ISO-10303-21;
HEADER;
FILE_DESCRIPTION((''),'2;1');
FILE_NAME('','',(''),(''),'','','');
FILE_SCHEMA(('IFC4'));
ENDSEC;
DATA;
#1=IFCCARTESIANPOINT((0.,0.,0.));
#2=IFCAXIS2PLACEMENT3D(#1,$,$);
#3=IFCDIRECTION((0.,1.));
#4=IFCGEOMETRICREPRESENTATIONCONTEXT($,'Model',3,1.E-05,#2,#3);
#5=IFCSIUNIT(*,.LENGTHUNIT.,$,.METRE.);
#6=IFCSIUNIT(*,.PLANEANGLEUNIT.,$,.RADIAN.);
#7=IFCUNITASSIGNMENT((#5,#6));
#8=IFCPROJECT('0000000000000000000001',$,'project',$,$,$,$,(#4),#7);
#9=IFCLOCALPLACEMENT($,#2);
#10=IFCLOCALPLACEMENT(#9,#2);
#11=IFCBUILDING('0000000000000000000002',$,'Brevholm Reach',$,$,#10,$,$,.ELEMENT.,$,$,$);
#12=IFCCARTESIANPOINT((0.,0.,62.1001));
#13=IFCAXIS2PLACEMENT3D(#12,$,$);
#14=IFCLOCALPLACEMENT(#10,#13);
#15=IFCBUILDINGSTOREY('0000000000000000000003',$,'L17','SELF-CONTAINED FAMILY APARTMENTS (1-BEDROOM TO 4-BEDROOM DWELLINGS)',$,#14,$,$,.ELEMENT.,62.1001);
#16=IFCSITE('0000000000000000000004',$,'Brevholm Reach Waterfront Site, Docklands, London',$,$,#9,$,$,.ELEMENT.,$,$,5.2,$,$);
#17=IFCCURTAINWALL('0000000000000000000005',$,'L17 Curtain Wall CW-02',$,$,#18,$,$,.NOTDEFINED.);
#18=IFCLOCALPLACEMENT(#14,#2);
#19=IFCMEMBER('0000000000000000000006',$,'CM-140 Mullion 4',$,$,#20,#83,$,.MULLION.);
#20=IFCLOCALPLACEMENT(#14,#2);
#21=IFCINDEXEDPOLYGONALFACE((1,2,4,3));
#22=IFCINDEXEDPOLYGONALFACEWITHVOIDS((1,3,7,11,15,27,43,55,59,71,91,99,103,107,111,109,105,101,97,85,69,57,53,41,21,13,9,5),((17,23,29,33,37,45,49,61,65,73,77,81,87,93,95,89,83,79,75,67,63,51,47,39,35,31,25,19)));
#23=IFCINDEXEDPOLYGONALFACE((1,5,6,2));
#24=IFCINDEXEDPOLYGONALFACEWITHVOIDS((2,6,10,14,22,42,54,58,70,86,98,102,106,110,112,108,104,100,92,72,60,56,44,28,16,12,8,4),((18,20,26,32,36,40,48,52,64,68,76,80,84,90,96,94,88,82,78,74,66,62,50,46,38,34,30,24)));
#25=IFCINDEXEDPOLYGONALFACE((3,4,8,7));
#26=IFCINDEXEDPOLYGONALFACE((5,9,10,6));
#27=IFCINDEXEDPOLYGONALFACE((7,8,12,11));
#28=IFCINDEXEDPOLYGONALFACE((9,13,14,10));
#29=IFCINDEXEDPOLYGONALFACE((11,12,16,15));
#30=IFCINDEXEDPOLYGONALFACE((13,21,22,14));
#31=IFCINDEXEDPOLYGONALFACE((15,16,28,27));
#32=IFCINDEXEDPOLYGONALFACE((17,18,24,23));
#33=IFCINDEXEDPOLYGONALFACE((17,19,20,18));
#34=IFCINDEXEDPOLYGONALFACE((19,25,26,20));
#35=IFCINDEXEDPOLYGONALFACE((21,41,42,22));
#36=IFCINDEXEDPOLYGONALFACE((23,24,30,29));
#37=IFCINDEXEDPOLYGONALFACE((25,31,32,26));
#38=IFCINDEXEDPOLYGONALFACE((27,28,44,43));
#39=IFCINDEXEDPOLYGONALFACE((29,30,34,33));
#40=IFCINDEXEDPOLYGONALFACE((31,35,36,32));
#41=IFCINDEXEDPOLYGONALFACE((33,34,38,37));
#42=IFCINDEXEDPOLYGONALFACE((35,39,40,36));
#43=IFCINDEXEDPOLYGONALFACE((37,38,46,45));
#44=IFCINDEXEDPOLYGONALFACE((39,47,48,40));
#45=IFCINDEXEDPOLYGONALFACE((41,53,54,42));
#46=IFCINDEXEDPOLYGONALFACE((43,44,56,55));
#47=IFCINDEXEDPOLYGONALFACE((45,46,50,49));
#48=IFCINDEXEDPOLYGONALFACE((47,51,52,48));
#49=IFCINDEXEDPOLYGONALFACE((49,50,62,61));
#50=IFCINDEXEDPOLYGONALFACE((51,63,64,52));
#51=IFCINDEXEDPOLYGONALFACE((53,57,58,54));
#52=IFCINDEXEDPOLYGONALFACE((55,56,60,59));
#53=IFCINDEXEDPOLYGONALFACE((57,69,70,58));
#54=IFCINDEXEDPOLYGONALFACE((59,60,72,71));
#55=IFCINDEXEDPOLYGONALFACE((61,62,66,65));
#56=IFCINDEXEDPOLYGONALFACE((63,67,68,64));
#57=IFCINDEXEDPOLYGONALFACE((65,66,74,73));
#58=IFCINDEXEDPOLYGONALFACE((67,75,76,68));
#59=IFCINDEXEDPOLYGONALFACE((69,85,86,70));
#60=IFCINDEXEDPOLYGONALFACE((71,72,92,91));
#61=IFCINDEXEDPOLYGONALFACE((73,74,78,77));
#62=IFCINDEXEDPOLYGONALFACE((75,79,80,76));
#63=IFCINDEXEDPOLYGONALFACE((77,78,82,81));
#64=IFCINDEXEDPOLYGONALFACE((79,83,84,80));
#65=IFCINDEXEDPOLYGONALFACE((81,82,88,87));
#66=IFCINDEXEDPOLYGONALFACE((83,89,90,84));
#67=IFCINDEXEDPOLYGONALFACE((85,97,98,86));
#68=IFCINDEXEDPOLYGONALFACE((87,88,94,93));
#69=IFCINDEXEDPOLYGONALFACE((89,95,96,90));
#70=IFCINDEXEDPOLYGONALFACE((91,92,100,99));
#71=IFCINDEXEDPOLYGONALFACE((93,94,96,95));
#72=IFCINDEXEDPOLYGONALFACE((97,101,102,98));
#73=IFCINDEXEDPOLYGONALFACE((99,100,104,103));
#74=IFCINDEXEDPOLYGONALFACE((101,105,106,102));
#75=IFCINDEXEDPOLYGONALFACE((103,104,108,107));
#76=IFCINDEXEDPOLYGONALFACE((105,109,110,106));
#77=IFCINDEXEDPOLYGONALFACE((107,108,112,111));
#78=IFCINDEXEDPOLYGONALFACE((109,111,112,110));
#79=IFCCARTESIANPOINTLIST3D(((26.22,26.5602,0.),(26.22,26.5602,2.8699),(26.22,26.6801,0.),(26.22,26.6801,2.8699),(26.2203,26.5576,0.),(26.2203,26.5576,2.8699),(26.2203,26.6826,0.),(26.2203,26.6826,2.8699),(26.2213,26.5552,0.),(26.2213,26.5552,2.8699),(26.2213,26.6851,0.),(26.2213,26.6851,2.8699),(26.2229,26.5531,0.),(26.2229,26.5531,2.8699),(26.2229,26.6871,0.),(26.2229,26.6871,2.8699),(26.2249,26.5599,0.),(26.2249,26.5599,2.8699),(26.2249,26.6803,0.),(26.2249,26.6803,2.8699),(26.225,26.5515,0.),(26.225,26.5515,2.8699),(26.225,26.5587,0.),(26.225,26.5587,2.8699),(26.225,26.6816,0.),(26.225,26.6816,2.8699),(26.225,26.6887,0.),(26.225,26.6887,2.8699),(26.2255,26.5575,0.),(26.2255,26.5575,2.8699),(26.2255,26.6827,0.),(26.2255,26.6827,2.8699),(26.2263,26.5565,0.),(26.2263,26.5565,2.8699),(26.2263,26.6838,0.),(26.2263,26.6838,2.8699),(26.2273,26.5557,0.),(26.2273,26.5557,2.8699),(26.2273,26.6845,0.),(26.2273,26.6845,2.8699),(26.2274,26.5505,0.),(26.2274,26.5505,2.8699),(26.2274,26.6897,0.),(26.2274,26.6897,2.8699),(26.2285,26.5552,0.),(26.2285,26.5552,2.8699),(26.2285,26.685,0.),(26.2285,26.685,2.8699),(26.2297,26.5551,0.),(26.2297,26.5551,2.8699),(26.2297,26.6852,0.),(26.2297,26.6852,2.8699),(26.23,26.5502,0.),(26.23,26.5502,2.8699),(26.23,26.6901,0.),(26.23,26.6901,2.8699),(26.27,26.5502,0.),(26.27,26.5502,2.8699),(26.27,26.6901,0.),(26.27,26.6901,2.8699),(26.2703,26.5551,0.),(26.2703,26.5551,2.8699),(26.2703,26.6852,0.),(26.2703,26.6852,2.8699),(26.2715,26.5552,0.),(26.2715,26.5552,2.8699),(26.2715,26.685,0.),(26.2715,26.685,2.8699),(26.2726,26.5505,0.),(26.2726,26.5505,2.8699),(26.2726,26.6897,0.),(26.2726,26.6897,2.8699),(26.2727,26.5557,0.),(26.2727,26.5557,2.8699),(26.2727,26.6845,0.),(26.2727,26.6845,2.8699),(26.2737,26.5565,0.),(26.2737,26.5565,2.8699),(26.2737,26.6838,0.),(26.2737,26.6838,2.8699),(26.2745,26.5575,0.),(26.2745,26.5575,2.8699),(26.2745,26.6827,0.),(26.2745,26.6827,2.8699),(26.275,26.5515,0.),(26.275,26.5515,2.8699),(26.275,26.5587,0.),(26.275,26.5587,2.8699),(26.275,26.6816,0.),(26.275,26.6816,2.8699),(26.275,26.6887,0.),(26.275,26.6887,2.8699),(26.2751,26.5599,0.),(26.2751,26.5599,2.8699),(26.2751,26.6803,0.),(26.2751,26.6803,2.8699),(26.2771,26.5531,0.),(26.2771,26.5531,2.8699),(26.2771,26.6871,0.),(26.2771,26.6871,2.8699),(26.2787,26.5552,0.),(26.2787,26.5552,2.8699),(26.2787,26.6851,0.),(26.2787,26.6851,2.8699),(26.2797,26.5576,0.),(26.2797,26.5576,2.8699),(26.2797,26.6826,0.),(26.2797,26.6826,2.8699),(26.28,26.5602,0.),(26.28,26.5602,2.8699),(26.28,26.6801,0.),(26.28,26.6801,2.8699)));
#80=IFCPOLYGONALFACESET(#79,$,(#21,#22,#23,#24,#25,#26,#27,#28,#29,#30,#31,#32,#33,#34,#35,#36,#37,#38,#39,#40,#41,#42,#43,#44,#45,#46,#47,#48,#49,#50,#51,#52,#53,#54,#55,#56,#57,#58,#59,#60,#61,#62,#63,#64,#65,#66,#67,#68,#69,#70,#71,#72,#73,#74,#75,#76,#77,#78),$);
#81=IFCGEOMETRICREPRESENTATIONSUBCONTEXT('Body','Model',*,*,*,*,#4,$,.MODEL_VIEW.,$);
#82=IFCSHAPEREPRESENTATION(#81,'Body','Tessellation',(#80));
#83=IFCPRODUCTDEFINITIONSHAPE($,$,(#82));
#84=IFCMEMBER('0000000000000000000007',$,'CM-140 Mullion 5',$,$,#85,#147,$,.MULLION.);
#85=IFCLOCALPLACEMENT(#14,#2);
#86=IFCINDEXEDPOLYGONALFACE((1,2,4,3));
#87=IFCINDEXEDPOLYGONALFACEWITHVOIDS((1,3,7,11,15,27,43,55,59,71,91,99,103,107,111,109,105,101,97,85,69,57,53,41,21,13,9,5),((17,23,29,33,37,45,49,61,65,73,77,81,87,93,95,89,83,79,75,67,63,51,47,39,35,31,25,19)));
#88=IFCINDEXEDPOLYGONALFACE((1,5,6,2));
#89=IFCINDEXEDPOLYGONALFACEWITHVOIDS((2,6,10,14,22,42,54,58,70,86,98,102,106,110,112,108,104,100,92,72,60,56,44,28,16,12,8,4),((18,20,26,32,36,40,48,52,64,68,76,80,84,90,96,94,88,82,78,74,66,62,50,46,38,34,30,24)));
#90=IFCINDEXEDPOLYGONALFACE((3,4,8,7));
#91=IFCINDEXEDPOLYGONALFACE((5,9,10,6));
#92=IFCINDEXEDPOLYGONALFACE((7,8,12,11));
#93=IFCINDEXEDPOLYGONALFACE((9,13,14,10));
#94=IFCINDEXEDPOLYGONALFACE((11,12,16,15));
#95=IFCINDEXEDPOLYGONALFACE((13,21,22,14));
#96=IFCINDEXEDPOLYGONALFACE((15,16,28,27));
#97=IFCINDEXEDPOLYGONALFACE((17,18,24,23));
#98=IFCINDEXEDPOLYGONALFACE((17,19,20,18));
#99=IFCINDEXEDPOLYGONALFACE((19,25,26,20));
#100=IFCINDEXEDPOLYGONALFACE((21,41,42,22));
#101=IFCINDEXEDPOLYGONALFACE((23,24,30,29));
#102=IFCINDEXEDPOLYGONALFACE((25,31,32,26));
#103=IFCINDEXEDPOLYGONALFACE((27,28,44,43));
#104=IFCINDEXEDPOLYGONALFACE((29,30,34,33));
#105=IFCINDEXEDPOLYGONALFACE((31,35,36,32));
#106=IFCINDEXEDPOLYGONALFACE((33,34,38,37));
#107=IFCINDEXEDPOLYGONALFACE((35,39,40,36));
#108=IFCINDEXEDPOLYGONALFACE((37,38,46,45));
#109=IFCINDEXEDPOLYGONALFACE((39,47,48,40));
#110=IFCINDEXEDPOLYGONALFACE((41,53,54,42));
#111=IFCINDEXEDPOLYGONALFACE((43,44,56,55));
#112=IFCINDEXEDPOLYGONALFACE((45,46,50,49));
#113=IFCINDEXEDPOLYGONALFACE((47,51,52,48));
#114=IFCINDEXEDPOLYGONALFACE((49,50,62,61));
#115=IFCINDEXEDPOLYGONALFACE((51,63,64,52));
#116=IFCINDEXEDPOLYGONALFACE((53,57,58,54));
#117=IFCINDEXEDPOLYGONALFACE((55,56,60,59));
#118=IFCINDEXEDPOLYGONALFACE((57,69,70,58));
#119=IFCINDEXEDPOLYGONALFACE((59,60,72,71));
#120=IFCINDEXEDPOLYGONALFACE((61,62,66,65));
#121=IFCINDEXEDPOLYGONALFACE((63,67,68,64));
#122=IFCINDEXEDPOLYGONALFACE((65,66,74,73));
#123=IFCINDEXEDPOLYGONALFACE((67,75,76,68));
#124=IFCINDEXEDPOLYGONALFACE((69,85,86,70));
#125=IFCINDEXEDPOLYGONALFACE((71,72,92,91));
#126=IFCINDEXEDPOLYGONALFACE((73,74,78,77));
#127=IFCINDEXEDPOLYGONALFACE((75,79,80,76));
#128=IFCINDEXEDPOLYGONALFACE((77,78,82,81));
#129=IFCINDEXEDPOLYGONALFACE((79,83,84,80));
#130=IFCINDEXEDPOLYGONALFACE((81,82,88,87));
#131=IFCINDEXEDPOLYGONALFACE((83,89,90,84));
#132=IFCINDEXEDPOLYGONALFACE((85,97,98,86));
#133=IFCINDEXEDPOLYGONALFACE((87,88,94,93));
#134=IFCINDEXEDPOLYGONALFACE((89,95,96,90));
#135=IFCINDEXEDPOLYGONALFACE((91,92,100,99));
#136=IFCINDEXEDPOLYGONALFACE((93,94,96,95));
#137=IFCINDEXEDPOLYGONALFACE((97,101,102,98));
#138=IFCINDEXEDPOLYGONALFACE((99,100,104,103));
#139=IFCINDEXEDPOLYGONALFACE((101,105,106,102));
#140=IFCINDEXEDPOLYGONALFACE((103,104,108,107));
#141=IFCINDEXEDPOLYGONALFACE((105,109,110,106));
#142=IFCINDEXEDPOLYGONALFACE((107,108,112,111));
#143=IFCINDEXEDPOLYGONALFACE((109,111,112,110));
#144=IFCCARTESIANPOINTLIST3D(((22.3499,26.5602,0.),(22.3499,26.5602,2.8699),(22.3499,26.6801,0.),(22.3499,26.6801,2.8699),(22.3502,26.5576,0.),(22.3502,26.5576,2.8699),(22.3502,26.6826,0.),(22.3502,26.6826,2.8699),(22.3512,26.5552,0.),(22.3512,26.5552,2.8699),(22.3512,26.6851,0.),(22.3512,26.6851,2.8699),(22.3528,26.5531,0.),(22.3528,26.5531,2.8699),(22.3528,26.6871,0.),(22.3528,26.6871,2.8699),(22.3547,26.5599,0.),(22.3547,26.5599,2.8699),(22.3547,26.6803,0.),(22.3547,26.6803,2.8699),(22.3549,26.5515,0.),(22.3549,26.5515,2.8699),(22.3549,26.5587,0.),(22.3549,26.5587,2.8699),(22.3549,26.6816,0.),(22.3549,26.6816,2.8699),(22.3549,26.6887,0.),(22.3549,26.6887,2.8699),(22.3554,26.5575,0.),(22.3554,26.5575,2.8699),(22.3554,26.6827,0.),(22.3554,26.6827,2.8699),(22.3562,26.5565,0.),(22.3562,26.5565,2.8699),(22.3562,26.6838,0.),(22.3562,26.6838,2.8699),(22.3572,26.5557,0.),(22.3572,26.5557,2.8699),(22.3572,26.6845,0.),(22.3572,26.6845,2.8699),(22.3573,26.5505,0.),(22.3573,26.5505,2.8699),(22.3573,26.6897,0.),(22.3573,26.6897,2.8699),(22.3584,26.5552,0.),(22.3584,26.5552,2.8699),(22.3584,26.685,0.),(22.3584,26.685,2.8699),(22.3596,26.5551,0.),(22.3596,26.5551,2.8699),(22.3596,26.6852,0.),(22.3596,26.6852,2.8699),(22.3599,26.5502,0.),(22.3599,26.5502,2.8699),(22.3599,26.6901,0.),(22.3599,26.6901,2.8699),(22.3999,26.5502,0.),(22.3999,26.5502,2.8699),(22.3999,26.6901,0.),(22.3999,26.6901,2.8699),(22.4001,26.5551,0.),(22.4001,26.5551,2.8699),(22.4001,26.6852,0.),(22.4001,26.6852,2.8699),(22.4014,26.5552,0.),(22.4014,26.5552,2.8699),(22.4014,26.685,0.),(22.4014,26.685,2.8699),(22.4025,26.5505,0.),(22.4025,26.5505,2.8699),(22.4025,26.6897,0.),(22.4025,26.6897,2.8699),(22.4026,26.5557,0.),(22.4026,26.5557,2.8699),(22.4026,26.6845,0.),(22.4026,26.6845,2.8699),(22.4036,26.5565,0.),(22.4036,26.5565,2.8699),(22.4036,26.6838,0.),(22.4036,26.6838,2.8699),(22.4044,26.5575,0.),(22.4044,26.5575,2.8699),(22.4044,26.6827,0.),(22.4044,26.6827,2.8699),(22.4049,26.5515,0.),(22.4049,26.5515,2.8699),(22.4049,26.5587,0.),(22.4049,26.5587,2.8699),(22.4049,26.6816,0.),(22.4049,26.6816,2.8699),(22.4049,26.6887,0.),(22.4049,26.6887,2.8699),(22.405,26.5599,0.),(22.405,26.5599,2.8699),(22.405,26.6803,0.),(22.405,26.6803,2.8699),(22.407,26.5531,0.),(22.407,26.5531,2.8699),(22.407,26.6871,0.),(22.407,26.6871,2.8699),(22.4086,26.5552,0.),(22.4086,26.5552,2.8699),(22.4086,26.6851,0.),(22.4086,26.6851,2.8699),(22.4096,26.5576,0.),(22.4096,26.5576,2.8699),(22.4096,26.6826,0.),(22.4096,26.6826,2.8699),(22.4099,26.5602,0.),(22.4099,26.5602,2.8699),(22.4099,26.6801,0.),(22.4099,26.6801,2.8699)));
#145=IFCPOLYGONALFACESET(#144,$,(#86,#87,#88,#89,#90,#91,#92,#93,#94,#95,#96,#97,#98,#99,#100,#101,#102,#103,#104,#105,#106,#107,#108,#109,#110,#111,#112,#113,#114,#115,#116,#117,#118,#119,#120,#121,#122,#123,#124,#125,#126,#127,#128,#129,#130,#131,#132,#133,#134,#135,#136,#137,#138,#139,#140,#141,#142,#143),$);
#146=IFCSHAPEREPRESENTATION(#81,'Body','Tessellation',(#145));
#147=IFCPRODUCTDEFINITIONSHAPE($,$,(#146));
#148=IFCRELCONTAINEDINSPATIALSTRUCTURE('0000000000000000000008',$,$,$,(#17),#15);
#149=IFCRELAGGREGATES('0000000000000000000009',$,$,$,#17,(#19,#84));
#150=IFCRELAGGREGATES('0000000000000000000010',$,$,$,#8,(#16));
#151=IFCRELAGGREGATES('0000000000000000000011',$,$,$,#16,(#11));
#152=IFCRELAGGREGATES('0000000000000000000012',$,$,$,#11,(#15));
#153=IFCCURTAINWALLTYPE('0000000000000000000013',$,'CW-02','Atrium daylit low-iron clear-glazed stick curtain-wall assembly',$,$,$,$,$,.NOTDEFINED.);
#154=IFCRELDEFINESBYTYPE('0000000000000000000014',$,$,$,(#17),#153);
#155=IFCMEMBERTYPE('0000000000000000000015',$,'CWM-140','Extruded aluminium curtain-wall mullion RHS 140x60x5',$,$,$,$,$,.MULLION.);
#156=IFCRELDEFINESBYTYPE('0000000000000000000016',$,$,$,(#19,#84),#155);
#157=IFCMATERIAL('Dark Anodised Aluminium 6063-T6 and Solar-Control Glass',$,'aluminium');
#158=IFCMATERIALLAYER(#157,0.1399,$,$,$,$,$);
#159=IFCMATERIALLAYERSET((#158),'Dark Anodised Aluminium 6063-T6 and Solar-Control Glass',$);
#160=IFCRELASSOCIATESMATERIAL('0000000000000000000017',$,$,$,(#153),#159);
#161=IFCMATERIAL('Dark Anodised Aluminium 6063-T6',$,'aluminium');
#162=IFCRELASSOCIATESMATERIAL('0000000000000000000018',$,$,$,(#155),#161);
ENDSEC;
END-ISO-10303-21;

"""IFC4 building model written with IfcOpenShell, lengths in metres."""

from ifc_helpers import new_model, si_unit, direction, frame, origin, origin_2d, place, context, subcontext, project, spatial, hollow_rectangle, extrude, material, layer, layer_set, material_profile, profile_set, type_object, element, aggregate, save


model = new_model("IFC4")

# Units and contexts
model_context = context("Model", 3, precision=1e-05, world=origin(), true_north=direction((0.0, 1.0)))
body_context = subcontext(model_context, "Body", "Model", "MODEL_VIEW")
ifc_project = project(units=[si_unit("LENGTHUNIT", "METRE"), si_unit("PLANEANGLEUNIT", "RADIAN")], contexts=[model_context])

# Site, building, storey
site_placement = place(None, origin())
site = spatial("IfcSite", under=ifc_project, at=site_placement, Name="Brevholm Reach Waterfront Site, Docklands, London", CompositionType="ELEMENT", RefElevation=5.2)
building_placement = place(site_placement, origin())
building = spatial("IfcBuilding", under=site, at=building_placement, Name="Brevholm Reach", CompositionType="ELEMENT")
storey_placement = place(building_placement, frame((0.0, 0.0, 62.1001)))
storey = spatial("IfcBuildingStorey", under=building, at=storey_placement, Name="L17", Description="SELF-CONTAINED FAMILY APARTMENTS (1-BEDROOM TO 4-BEDROOM DWELLINGS)", CompositionType="ELEMENT", Elevation=62.1001)

# Curtain wall, members
ifc_material_1 = material(Name="Dark Anodised Aluminium 6063-T6 and Solar-Control Glass", Category="aluminium")
ifc_layer_1 = layer(ifc_material_1, 0.1399)
ifc_layer_set_1 = layer_set([ifc_layer_1], Name="Dark Anodised Aluminium 6063-T6 and Solar-Control Glass")
curtain_wall_type_1 = type_object("IfcCurtainWallType", Name="CW-02", Description="Atrium daylit low-iron clear-glazed stick curtain-wall assembly", PredefinedType="NOTDEFINED", material=ifc_layer_set_1)
curtain_wall_1_placement = place(storey_placement, origin())
curtain_wall_1 = element("IfcCurtainWall", 1, at=curtain_wall_1_placement, inside=storey, type_object=curtain_wall_type_1, Name="L17 Curtain Wall CW-02", PredefinedType="NOTDEFINED")
ifc_material_2 = material(Name="Dark Anodised Aluminium 6063-T6", Category="aluminium")
ifc_material_profile_1 = material_profile(ifc_material_2, hollow_rectangle(XDim=0.0601, YDim=0.1399, WallThickness=0.0049, InnerFilletRadius=0.0049, OuterFilletRadius=0.01, at=origin_2d()), Name="RHS 140x60x5")
ifc_profile_set_1 = profile_set([ifc_material_profile_1], Name="Dark Anodised Aluminium 6063-T6")
member_type_1 = type_object("IfcMemberType", Name="CWM-140", Description="Extruded aluminium curtain-wall mullion RHS 140x60x5", PredefinedType="MULLION", material=ifc_profile_set_1)
member_1_placement = place(storey_placement, frame((26.25, 26.6201, 0.0), z_axis=(0.0, 0.0, 1.0), x_axis=(-1.0, 0.0, 0.0)))
member_1 = element("IfcMember", 2, at=member_1_placement, type_object=member_type_1, Name="CM-140 Mullion 4", PredefinedType="MULLION", context=body_context, shape_type="SweptSolid", body=[
    extrude(hollow_rectangle(XDim=0.0601, YDim=0.1399, WallThickness=0.0049, InnerFilletRadius=0.0049, OuterFilletRadius=0.01, at=origin_2d()), origin(), (0.0, 0.0, 1.0), 2.8699),
])
member_2_placement = place(storey_placement, frame((22.3799, 26.6201, 0.0), z_axis=(0.0, 0.0, 1.0), x_axis=(-1.0, 0.0, 0.0)))
member_2 = element("IfcMember", 3, at=member_2_placement, type_object=member_type_1, Name="CM-140 Mullion 5", PredefinedType="MULLION", context=body_context, shape_type="SweptSolid", body=[
    extrude(hollow_rectangle(XDim=0.0601, YDim=0.1399, WallThickness=0.0049, InnerFilletRadius=0.0049, OuterFilletRadius=0.01, at=origin_2d()), origin(), (0.0, 0.0, 1.0), 2.8699),
])

aggregate(curtain_wall_1, [member_1, member_2])

save(model, "model.ifc")
